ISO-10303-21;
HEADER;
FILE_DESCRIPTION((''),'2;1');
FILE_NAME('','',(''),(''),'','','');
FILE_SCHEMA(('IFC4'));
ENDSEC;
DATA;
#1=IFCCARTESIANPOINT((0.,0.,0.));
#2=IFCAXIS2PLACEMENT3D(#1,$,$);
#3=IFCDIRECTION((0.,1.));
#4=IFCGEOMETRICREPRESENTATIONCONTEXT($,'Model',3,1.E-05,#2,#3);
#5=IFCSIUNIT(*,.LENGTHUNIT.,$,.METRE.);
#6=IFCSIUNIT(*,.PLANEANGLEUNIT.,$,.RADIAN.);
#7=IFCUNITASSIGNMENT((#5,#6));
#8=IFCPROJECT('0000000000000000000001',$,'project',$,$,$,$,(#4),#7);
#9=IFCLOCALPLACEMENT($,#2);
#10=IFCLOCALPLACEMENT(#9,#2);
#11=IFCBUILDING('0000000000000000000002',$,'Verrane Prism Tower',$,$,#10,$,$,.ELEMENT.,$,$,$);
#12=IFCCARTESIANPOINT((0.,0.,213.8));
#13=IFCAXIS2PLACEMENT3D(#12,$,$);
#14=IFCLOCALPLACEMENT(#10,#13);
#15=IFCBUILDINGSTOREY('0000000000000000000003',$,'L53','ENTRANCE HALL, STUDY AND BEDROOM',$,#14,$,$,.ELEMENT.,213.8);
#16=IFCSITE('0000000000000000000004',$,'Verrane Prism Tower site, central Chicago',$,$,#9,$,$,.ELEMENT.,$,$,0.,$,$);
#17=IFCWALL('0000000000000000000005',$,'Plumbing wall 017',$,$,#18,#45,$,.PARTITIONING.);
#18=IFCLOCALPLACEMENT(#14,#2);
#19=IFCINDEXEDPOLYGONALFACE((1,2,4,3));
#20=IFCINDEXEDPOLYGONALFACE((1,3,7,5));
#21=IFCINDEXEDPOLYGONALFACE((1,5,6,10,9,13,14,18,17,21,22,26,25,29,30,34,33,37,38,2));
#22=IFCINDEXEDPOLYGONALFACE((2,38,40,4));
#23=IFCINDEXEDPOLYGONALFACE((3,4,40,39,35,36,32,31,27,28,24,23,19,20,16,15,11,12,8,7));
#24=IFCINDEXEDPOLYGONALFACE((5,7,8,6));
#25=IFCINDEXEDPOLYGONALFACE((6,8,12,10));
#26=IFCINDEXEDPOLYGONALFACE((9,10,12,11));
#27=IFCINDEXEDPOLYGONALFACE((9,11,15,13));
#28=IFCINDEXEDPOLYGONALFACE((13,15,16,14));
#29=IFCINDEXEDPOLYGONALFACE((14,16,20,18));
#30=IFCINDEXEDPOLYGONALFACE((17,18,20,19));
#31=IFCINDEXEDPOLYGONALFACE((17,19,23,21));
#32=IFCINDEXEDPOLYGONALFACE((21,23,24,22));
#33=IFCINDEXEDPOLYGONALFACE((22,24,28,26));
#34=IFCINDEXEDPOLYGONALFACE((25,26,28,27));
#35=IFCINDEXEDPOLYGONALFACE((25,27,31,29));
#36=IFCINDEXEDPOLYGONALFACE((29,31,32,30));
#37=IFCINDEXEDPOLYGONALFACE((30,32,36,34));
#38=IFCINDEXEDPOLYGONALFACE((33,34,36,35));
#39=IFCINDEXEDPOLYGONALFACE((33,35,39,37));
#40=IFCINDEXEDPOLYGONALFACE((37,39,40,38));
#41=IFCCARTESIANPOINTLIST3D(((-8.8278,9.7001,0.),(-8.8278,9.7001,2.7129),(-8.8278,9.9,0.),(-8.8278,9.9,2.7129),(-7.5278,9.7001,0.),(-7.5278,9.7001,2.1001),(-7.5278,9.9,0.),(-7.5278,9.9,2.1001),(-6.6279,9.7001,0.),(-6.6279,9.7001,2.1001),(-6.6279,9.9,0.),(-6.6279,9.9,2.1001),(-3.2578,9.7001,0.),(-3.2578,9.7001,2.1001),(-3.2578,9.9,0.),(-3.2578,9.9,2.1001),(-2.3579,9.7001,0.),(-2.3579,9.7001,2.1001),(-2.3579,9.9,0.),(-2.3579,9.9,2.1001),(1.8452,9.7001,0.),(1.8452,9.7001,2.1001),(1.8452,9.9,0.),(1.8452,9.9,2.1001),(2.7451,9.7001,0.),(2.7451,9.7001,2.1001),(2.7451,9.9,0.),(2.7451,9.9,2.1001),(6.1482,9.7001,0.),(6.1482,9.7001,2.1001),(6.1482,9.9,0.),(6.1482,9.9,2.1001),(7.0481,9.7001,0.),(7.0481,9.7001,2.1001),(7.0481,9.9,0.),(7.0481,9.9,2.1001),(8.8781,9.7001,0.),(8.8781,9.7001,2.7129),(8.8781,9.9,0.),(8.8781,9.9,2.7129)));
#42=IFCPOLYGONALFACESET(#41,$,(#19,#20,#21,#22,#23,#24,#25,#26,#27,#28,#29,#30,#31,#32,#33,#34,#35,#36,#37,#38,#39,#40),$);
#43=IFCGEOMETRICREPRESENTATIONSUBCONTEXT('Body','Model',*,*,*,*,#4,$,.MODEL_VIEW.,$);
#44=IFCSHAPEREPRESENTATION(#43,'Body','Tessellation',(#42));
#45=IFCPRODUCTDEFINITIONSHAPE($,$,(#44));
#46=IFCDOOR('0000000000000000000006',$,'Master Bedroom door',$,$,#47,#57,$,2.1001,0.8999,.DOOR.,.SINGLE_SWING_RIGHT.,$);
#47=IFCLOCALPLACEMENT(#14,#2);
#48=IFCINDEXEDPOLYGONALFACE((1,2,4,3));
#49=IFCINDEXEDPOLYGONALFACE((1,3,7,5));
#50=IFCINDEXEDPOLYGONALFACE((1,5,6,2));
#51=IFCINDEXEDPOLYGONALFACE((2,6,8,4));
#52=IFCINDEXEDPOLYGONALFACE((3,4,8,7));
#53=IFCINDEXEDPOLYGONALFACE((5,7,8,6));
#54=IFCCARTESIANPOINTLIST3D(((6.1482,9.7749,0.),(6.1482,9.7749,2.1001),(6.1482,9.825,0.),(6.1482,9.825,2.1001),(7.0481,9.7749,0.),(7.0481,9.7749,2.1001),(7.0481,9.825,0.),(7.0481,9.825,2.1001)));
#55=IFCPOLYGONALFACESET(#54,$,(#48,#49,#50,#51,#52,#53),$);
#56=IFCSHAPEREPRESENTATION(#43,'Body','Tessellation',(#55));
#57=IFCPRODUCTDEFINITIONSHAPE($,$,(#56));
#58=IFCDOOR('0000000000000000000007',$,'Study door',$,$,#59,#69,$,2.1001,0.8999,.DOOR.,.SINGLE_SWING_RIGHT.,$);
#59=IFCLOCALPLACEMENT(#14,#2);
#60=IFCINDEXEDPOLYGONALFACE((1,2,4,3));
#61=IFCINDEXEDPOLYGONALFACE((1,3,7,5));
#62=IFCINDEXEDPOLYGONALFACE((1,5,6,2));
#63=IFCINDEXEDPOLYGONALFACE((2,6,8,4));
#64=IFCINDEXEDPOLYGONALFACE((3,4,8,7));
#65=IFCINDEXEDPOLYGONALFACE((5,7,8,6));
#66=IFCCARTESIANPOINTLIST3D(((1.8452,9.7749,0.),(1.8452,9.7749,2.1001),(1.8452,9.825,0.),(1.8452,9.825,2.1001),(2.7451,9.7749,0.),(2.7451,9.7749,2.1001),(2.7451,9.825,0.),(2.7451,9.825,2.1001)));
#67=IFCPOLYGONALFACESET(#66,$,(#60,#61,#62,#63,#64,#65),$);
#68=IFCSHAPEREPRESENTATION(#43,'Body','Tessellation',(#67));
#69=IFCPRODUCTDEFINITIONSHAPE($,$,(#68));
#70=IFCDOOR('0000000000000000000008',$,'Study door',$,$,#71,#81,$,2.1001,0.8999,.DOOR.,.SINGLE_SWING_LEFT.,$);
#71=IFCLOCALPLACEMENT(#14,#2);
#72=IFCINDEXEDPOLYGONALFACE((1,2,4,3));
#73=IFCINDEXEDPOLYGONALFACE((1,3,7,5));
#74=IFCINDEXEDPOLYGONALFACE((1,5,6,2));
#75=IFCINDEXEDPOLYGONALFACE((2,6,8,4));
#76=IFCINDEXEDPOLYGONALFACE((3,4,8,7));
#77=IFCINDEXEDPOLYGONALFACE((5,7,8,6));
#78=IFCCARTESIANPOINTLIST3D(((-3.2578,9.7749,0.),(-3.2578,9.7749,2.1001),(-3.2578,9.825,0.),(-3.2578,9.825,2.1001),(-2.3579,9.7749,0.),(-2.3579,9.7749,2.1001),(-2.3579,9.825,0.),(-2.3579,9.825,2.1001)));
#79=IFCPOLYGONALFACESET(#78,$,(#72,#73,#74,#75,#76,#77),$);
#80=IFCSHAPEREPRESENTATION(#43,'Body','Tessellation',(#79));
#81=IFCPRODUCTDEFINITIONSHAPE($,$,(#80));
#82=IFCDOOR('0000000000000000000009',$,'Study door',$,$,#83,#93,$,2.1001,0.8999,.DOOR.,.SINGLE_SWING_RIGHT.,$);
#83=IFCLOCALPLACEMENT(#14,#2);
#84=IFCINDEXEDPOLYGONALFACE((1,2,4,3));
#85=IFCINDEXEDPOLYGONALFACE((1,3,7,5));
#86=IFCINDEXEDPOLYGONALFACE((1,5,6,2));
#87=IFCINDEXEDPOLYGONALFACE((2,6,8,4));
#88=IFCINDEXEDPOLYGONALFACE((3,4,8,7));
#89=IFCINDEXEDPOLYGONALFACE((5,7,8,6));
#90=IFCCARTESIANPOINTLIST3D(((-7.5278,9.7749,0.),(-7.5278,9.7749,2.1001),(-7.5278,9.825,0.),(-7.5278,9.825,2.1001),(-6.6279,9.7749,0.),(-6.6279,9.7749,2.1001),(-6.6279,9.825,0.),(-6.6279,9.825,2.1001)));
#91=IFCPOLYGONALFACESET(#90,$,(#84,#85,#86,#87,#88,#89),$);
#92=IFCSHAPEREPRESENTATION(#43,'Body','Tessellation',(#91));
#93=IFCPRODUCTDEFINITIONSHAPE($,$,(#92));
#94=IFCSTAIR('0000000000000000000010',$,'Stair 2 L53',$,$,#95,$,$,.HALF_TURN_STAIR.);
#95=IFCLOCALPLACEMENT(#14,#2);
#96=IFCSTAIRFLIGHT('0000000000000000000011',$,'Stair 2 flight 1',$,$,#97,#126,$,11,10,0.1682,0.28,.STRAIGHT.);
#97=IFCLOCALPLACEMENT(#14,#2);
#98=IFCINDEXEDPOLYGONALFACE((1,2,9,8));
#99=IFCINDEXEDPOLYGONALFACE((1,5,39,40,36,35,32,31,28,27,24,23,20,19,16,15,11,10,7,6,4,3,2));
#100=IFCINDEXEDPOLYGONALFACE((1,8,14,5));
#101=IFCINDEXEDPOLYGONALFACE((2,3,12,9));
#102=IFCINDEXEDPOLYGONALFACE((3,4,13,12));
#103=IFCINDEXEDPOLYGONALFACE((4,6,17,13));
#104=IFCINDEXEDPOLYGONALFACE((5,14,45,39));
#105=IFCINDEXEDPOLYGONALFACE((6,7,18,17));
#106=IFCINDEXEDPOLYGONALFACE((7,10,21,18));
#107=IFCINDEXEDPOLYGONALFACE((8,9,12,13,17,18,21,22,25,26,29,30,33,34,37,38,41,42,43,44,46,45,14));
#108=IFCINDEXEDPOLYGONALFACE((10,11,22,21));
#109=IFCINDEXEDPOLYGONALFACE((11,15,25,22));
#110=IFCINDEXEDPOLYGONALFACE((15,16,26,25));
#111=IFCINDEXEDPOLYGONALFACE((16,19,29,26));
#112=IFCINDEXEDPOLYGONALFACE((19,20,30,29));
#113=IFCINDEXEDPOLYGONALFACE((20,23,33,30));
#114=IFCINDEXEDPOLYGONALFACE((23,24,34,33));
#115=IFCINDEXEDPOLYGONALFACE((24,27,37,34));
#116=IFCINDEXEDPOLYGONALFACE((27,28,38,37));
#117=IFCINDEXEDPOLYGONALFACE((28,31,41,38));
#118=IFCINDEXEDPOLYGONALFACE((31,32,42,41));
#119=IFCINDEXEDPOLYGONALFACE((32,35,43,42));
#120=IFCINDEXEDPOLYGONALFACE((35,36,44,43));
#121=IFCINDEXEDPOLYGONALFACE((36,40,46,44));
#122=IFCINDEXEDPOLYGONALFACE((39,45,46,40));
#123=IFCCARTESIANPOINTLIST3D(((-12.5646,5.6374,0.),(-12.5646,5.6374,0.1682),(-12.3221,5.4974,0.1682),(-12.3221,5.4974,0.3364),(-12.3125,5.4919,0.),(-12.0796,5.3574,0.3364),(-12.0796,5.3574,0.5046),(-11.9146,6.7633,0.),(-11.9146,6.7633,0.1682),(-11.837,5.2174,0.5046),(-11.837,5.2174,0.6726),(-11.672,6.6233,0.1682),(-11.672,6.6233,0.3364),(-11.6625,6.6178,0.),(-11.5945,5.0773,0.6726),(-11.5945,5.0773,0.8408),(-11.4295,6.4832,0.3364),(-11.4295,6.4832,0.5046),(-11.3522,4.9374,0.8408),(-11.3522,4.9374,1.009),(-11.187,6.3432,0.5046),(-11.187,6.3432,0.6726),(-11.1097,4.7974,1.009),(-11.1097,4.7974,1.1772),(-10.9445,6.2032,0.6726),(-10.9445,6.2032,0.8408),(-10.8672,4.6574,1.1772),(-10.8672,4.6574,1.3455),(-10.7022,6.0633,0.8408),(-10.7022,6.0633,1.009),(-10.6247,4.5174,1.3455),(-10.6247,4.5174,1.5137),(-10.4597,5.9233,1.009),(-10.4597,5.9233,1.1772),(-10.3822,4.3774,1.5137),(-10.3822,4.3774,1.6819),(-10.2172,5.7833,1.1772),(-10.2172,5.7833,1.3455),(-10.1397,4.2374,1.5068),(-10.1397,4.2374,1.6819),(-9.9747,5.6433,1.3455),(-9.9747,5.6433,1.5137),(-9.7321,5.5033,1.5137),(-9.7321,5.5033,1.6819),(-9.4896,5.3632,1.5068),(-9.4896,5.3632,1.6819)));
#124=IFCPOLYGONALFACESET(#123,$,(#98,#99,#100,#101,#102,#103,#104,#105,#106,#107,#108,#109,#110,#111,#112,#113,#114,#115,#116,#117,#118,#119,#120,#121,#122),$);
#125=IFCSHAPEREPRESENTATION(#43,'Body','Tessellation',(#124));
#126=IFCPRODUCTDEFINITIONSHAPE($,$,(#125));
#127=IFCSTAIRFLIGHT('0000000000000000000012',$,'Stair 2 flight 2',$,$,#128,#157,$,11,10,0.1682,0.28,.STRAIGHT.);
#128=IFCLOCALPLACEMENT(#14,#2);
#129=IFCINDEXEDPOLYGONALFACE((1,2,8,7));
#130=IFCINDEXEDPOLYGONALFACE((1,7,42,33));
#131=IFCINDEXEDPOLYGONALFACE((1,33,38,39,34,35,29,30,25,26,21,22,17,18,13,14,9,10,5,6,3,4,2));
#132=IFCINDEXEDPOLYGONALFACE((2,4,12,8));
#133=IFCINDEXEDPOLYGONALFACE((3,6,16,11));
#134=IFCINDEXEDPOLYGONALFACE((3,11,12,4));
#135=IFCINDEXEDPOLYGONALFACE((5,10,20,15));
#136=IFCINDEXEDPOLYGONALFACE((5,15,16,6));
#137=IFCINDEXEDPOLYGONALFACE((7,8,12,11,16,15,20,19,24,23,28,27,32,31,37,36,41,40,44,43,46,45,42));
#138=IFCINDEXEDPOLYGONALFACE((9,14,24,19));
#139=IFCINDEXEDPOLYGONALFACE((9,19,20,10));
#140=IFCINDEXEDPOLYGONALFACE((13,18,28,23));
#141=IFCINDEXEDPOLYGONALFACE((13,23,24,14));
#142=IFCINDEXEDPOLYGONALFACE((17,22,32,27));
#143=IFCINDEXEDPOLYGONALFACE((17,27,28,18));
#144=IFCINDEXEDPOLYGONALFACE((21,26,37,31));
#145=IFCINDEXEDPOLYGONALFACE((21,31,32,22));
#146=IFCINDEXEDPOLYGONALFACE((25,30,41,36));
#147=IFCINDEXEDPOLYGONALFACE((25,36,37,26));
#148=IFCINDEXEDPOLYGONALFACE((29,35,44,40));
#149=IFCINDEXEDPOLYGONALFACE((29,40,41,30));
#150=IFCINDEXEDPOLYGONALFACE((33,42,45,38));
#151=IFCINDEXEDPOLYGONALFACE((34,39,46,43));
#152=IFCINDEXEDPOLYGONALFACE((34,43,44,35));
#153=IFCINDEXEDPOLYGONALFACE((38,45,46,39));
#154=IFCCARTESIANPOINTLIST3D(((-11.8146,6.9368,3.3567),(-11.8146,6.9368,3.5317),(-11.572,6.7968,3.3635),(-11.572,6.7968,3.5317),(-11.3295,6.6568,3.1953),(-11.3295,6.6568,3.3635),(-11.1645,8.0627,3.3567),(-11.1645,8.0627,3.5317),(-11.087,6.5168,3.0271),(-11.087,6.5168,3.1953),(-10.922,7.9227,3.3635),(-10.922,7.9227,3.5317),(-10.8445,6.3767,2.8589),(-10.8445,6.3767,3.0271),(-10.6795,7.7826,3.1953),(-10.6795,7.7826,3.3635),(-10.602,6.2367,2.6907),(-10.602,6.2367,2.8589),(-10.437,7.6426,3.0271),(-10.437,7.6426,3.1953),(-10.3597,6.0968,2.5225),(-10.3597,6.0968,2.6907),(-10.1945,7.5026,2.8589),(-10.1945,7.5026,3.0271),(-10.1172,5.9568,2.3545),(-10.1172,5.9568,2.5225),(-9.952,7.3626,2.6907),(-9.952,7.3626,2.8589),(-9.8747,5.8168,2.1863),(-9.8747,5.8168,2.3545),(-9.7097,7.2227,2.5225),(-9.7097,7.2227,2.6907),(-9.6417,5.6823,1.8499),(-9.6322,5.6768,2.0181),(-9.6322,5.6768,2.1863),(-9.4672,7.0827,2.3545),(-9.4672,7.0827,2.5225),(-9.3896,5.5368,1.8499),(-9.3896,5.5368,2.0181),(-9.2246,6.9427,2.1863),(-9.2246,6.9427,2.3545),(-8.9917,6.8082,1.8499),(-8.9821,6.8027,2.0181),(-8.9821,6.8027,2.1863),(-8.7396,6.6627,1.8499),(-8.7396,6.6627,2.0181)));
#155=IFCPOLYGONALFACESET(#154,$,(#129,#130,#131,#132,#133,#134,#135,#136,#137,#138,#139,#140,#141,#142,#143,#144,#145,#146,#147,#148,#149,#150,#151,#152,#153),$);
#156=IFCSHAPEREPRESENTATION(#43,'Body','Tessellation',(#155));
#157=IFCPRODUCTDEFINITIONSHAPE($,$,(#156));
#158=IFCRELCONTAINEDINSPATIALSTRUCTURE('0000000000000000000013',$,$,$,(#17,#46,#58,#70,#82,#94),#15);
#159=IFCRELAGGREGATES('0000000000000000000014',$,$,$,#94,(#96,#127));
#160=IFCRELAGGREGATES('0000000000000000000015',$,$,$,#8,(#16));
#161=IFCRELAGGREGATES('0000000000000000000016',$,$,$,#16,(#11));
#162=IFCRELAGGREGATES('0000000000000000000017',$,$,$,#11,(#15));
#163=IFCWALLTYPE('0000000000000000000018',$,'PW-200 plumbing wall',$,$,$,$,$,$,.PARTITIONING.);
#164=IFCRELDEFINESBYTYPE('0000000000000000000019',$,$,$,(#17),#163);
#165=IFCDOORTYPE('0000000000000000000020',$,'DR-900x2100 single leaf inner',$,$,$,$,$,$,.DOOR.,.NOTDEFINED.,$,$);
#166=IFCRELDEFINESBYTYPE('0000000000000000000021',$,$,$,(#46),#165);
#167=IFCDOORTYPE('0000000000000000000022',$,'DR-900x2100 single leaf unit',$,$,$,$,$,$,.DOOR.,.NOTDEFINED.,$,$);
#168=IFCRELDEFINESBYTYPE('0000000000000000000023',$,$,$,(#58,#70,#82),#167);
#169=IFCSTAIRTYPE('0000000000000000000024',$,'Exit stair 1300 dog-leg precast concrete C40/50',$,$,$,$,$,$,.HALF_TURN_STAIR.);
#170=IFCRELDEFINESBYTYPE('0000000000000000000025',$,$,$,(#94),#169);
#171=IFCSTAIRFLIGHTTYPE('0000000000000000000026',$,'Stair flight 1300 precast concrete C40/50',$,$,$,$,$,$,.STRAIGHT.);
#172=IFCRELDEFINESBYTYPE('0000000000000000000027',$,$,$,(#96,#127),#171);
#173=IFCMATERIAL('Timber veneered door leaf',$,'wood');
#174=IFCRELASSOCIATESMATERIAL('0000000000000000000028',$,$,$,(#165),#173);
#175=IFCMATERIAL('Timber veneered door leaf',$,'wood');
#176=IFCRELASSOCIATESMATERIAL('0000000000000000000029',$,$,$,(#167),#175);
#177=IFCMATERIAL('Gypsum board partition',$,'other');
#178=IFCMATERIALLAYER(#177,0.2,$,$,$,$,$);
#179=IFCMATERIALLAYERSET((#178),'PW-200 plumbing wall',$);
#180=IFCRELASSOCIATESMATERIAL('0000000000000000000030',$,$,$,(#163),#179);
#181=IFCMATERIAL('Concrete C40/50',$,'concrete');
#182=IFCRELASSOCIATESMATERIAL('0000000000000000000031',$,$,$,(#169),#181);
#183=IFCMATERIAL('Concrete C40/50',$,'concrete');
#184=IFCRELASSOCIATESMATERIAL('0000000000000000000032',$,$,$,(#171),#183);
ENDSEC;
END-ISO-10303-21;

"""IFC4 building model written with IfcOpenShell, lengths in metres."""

from ifc_helpers import new_model, si_unit, direction, frame, frame_2d, origin, place, context, subcontext, project, spatial, polyline, rectangle, outline, extrude, material, layer, layer_set, type_object, element, fill, aggregate, save


model = new_model("IFC4")

# Units and contexts
model_context = context("Model", 3, precision=1e-05, world=origin(), true_north=direction((0.0, 1.0)))
body_context = subcontext(model_context, "Body", "Model", "MODEL_VIEW")
ifc_project = project(units=[si_unit("LENGTHUNIT", "METRE"), si_unit("PLANEANGLEUNIT", "RADIAN")], contexts=[model_context])

# Site, building, storey
site_placement = place(None, origin())
site = spatial("IfcSite", under=ifc_project, at=site_placement, Name="Verrane Prism Tower site, central Chicago", CompositionType="ELEMENT", RefElevation=0.0)
building_placement = place(site_placement, origin())
building = spatial("IfcBuilding", under=site, at=building_placement, Name="Verrane Prism Tower", CompositionType="ELEMENT")
storey_placement = place(building_placement, frame((0.0, 0.0, 213.8)))
storey = spatial("IfcBuildingStorey", under=building, at=storey_placement, Name="L53", Description="ENTRANCE HALL, STUDY AND BEDROOM", CompositionType="ELEMENT", Elevation=213.8)

# Shared definitions
ifc_material_1 = material(Name="Timber veneered door leaf", Category="wood")
door_type_1 = type_object("IfcDoorType", Name="DR-900x2100 single leaf inner", OperationType="NOTDEFINED", PredefinedType="DOOR", material=ifc_material_1)
ifc_material_2 = material(Name="Timber veneered door leaf", Category="wood")
door_type_2 = type_object("IfcDoorType", Name="DR-900x2100 single leaf unit", OperationType="NOTDEFINED", PredefinedType="DOOR", material=ifc_material_2)

# Wall, openings, doors
ifc_material_3 = material(Name="Gypsum board partition", Category="other")
ifc_layer_1 = layer(ifc_material_3, 0.2)
ifc_layer_set_1 = layer_set([ifc_layer_1], Name="PW-200 plumbing wall")
wall_type_1 = type_object("IfcWallType", Name="PW-200 plumbing wall", PredefinedType="PARTITIONING", material=ifc_layer_set_1)
wall_1_placement = place(storey_placement, frame((-8.8279, 9.8, 0.0), z_axis=(0.0, 0.0, 1.0), x_axis=(1.0, 0.0, 0.0)))
wall_1 = element("IfcWall", 1, at=wall_1_placement, inside=storey, type_object=wall_type_1, Name="Plumbing wall 017", PredefinedType="PARTITIONING", context=body_context, shape_type="SweptSolid", body=[
    extrude(rectangle(XDim=17.7058, YDim=0.2, at=frame_2d((8.853, 0.0))), origin(), (0.0, 0.0, 1.0), 2.7129),
])
opening_1_placement = place(wall_1_placement, frame((14.9761, 0.0, 0.0)))
opening_1 = element("IfcOpeningElement", 2, at=opening_1_placement, cuts=wall_1, PredefinedType="OPENING", context=body_context, shape_type="SweptSolid", body=[
    extrude(rectangle(XDim=0.8999, YDim=2.1001, at=frame_2d((0.45, 1.05))), frame((0.0, 0.1099, 0.0), z_axis=(0.0, -1.0, 0.0), x_axis=(1.0, 0.0, 0.0)), (0.0, 0.0, 1.0), 0.22),
])
opening_2_placement = place(wall_1_placement, frame((10.6731, 0.0, 0.0)))
opening_2 = element("IfcOpeningElement", 3, at=opening_2_placement, cuts=wall_1, PredefinedType="OPENING", context=body_context, shape_type="SweptSolid", body=[
    extrude(rectangle(XDim=0.8999, YDim=2.1001, at=frame_2d((0.45, 1.05))), frame((0.0, 0.1099, 0.0), z_axis=(0.0, -1.0, 0.0), x_axis=(1.0, 0.0, 0.0)), (0.0, 0.0, 1.0), 0.22),
])
opening_3_placement = place(wall_1_placement, frame((5.5701, 0.0, 0.0)))
opening_3 = element("IfcOpeningElement", 4, at=opening_3_placement, cuts=wall_1, PredefinedType="OPENING", context=body_context, shape_type="SweptSolid", body=[
    extrude(rectangle(XDim=0.8999, YDim=2.1001, at=frame_2d((0.45, 1.05))), frame((0.0, 0.1099, 0.0), z_axis=(0.0, -1.0, 0.0), x_axis=(1.0, 0.0, 0.0)), (0.0, 0.0, 1.0), 0.22),
])
opening_4_placement = place(wall_1_placement, frame((1.3, 0.0, 0.0)))
opening_4 = element("IfcOpeningElement", 5, at=opening_4_placement, cuts=wall_1, PredefinedType="OPENING", context=body_context, shape_type="SweptSolid", body=[
    extrude(rectangle(XDim=0.8999, YDim=2.1001, at=frame_2d((0.45, 1.05))), frame((0.0, 0.1099, 0.0), z_axis=(0.0, -1.0, 0.0), x_axis=(1.0, 0.0, 0.0)), (0.0, 0.0, 1.0), 0.22),
])
door_1_placement = place(opening_1_placement, origin())
door_1 = element("IfcDoor", 6, at=door_1_placement, inside=storey, type_object=door_type_1, Name="Master Bedroom door", OperationType="SINGLE_SWING_RIGHT", OverallHeight=2.1001, OverallWidth=0.8999, PredefinedType="DOOR", context=body_context, shape_type="SweptSolid", body=[
    extrude(rectangle(XDim=0.8999, YDim=2.1001, at=frame_2d((0.45, 1.05))), frame((0.0, 0.0249, 0.0), z_axis=(0.0, -1.0, 0.0), x_axis=(1.0, 0.0, 0.0)), (0.0, 0.0, 1.0), 0.05),
])
fill(opening_1, door_1)
door_2_placement = place(opening_2_placement, origin())
door_2 = element("IfcDoor", 7, at=door_2_placement, inside=storey, type_object=door_type_2, Name="Study door", OperationType="SINGLE_SWING_RIGHT", OverallHeight=2.1001, OverallWidth=0.8999, PredefinedType="DOOR", context=body_context, shape_type="SweptSolid", body=[
    extrude(rectangle(XDim=0.8999, YDim=2.1001, at=frame_2d((0.45, 1.05))), frame((0.0, 0.0249, 0.0), z_axis=(0.0, -1.0, 0.0), x_axis=(1.0, 0.0, 0.0)), (0.0, 0.0, 1.0), 0.05),
])
fill(opening_2, door_2)
door_3_placement = place(opening_3_placement, origin())
door_3 = element("IfcDoor", 8, at=door_3_placement, inside=storey, type_object=door_type_2, Name="Study door", OperationType="SINGLE_SWING_LEFT", OverallHeight=2.1001, OverallWidth=0.8999, PredefinedType="DOOR", context=body_context, shape_type="SweptSolid", body=[
    extrude(rectangle(XDim=0.8999, YDim=2.1001, at=frame_2d((0.45, 1.05))), frame((0.0, 0.0249, 0.0), z_axis=(0.0, -1.0, 0.0), x_axis=(1.0, 0.0, 0.0)), (0.0, 0.0, 1.0), 0.05),
])
fill(opening_3, door_3)
door_4_placement = place(opening_4_placement, origin())
door_4 = element("IfcDoor", 9, at=door_4_placement, inside=storey, type_object=door_type_2, Name="Study door", OperationType="SINGLE_SWING_RIGHT", OverallHeight=2.1001, OverallWidth=0.8999, PredefinedType="DOOR", context=body_context, shape_type="SweptSolid", body=[
    extrude(rectangle(XDim=0.8999, YDim=2.1001, at=frame_2d((0.45, 1.05))), frame((0.0, 0.0249, 0.0), z_axis=(0.0, -1.0, 0.0), x_axis=(1.0, 0.0, 0.0)), (0.0, 0.0, 1.0), 0.05),
])
fill(opening_4, door_4)

# Stair, stair flights
ifc_material_4 = material(Name="Concrete C40/50", Category="concrete")
stair_type = type_object("IfcStairType", Name="Exit stair 1300 dog-leg precast concrete C40/50", PredefinedType="HALF_TURN_STAIR", material=ifc_material_4)
stair_placement = place(storey_placement, origin())
stair = element("IfcStair", 10, at=stair_placement, inside=storey, type_object=stair_type, Name="Stair 2 L53", PredefinedType="HALF_TURN_STAIR")
ifc_material_5 = material(Name="Concrete C40/50", Category="concrete")
stair_flight_type = type_object("IfcStairFlightType", Name="Stair flight 1300 precast concrete C40/50", PredefinedType="STRAIGHT", material=ifc_material_5)
stair_flight_1_placement = place(storey_placement, frame((-12.2395, 6.2004, 0.0), z_axis=(0.0, 0.0, 1.0), x_axis=(0.866025, -0.5, 0.0)))
stair_flight_1 = element("IfcStairFlight", 11, at=stair_flight_1_placement, type_object=stair_flight_type, Name="Stair 2 flight 1", NumberOfRisers=11, NumberOfTreads=10, PredefinedType="STRAIGHT", RiserHeight=0.1682, TreadLength=0.28, context=body_context, shape_type="SweptSolid", body=[
    extrude(outline(polyline([(0.0, 0.0), (0.0, 0.1682), (0.28, 0.1682), (0.28, 0.3364), (0.5601, 0.3364), (0.5601, 0.5046), (0.8401, 0.5046), (0.8401, 0.6726), (1.1201, 0.6726), (1.1201, 0.8408), (1.3999, 0.8408), (1.3999, 1.009), (1.6799, 1.009), (1.6799, 1.1772), (1.96, 1.1772), (1.96, 1.3455), (2.24, 1.3455), (2.24, 1.5137), (2.52, 1.5137), (2.52, 1.6819), (2.8, 1.6819), (2.8, 1.8501), (2.8, 1.5068), (0.291, 0.0), (0.0, 0.0)])), frame((0.0, 0.6499, 0.0), z_axis=(0.0, -1.0, 0.0), x_axis=(1.0, 0.0, 0.0)), (0.0, 0.0, 1.0), 1.3),
])
stair_flight_2_placement = place(storey_placement, frame((-9.0647, 6.0996, 1.8499), z_axis=(0.0, 0.0, 1.0), x_axis=(-0.866025, 0.5, 0.0)))
stair_flight_2 = element("IfcStairFlight", 12, at=stair_flight_2_placement, type_object=stair_flight_type, Name="Stair 2 flight 2", NumberOfRisers=11, NumberOfTreads=10, PredefinedType="STRAIGHT", RiserHeight=0.1682, TreadLength=0.28, context=body_context, shape_type="SweptSolid", body=[
    extrude(outline(polyline([(0.0, 0.0), (0.0, 0.1682), (0.28, 0.1682), (0.28, 0.3364), (0.5601, 0.3364), (0.5601, 0.5046), (0.8401, 0.5046), (0.8401, 0.6726), (1.1201, 0.6726), (1.1201, 0.8408), (1.3999, 0.8408), (1.3999, 1.009), (1.6799, 1.009), (1.6799, 1.1772), (1.96, 1.1772), (1.96, 1.3455), (2.24, 1.3455), (2.24, 1.5137), (2.52, 1.5137), (2.52, 1.6819), (2.8, 1.6819), (2.8, 1.8501), (2.8, 1.5068), (0.291, 0.0), (0.0, 0.0)])), frame((0.0, 0.6499, 0.0), z_axis=(0.0, -1.0, 0.0), x_axis=(1.0, 0.0, 0.0)), (0.0, 0.0, 1.0), 1.3),
])
aggregate(stair, [stair_flight_1, stair_flight_2])

save(model, "model.ifc")
